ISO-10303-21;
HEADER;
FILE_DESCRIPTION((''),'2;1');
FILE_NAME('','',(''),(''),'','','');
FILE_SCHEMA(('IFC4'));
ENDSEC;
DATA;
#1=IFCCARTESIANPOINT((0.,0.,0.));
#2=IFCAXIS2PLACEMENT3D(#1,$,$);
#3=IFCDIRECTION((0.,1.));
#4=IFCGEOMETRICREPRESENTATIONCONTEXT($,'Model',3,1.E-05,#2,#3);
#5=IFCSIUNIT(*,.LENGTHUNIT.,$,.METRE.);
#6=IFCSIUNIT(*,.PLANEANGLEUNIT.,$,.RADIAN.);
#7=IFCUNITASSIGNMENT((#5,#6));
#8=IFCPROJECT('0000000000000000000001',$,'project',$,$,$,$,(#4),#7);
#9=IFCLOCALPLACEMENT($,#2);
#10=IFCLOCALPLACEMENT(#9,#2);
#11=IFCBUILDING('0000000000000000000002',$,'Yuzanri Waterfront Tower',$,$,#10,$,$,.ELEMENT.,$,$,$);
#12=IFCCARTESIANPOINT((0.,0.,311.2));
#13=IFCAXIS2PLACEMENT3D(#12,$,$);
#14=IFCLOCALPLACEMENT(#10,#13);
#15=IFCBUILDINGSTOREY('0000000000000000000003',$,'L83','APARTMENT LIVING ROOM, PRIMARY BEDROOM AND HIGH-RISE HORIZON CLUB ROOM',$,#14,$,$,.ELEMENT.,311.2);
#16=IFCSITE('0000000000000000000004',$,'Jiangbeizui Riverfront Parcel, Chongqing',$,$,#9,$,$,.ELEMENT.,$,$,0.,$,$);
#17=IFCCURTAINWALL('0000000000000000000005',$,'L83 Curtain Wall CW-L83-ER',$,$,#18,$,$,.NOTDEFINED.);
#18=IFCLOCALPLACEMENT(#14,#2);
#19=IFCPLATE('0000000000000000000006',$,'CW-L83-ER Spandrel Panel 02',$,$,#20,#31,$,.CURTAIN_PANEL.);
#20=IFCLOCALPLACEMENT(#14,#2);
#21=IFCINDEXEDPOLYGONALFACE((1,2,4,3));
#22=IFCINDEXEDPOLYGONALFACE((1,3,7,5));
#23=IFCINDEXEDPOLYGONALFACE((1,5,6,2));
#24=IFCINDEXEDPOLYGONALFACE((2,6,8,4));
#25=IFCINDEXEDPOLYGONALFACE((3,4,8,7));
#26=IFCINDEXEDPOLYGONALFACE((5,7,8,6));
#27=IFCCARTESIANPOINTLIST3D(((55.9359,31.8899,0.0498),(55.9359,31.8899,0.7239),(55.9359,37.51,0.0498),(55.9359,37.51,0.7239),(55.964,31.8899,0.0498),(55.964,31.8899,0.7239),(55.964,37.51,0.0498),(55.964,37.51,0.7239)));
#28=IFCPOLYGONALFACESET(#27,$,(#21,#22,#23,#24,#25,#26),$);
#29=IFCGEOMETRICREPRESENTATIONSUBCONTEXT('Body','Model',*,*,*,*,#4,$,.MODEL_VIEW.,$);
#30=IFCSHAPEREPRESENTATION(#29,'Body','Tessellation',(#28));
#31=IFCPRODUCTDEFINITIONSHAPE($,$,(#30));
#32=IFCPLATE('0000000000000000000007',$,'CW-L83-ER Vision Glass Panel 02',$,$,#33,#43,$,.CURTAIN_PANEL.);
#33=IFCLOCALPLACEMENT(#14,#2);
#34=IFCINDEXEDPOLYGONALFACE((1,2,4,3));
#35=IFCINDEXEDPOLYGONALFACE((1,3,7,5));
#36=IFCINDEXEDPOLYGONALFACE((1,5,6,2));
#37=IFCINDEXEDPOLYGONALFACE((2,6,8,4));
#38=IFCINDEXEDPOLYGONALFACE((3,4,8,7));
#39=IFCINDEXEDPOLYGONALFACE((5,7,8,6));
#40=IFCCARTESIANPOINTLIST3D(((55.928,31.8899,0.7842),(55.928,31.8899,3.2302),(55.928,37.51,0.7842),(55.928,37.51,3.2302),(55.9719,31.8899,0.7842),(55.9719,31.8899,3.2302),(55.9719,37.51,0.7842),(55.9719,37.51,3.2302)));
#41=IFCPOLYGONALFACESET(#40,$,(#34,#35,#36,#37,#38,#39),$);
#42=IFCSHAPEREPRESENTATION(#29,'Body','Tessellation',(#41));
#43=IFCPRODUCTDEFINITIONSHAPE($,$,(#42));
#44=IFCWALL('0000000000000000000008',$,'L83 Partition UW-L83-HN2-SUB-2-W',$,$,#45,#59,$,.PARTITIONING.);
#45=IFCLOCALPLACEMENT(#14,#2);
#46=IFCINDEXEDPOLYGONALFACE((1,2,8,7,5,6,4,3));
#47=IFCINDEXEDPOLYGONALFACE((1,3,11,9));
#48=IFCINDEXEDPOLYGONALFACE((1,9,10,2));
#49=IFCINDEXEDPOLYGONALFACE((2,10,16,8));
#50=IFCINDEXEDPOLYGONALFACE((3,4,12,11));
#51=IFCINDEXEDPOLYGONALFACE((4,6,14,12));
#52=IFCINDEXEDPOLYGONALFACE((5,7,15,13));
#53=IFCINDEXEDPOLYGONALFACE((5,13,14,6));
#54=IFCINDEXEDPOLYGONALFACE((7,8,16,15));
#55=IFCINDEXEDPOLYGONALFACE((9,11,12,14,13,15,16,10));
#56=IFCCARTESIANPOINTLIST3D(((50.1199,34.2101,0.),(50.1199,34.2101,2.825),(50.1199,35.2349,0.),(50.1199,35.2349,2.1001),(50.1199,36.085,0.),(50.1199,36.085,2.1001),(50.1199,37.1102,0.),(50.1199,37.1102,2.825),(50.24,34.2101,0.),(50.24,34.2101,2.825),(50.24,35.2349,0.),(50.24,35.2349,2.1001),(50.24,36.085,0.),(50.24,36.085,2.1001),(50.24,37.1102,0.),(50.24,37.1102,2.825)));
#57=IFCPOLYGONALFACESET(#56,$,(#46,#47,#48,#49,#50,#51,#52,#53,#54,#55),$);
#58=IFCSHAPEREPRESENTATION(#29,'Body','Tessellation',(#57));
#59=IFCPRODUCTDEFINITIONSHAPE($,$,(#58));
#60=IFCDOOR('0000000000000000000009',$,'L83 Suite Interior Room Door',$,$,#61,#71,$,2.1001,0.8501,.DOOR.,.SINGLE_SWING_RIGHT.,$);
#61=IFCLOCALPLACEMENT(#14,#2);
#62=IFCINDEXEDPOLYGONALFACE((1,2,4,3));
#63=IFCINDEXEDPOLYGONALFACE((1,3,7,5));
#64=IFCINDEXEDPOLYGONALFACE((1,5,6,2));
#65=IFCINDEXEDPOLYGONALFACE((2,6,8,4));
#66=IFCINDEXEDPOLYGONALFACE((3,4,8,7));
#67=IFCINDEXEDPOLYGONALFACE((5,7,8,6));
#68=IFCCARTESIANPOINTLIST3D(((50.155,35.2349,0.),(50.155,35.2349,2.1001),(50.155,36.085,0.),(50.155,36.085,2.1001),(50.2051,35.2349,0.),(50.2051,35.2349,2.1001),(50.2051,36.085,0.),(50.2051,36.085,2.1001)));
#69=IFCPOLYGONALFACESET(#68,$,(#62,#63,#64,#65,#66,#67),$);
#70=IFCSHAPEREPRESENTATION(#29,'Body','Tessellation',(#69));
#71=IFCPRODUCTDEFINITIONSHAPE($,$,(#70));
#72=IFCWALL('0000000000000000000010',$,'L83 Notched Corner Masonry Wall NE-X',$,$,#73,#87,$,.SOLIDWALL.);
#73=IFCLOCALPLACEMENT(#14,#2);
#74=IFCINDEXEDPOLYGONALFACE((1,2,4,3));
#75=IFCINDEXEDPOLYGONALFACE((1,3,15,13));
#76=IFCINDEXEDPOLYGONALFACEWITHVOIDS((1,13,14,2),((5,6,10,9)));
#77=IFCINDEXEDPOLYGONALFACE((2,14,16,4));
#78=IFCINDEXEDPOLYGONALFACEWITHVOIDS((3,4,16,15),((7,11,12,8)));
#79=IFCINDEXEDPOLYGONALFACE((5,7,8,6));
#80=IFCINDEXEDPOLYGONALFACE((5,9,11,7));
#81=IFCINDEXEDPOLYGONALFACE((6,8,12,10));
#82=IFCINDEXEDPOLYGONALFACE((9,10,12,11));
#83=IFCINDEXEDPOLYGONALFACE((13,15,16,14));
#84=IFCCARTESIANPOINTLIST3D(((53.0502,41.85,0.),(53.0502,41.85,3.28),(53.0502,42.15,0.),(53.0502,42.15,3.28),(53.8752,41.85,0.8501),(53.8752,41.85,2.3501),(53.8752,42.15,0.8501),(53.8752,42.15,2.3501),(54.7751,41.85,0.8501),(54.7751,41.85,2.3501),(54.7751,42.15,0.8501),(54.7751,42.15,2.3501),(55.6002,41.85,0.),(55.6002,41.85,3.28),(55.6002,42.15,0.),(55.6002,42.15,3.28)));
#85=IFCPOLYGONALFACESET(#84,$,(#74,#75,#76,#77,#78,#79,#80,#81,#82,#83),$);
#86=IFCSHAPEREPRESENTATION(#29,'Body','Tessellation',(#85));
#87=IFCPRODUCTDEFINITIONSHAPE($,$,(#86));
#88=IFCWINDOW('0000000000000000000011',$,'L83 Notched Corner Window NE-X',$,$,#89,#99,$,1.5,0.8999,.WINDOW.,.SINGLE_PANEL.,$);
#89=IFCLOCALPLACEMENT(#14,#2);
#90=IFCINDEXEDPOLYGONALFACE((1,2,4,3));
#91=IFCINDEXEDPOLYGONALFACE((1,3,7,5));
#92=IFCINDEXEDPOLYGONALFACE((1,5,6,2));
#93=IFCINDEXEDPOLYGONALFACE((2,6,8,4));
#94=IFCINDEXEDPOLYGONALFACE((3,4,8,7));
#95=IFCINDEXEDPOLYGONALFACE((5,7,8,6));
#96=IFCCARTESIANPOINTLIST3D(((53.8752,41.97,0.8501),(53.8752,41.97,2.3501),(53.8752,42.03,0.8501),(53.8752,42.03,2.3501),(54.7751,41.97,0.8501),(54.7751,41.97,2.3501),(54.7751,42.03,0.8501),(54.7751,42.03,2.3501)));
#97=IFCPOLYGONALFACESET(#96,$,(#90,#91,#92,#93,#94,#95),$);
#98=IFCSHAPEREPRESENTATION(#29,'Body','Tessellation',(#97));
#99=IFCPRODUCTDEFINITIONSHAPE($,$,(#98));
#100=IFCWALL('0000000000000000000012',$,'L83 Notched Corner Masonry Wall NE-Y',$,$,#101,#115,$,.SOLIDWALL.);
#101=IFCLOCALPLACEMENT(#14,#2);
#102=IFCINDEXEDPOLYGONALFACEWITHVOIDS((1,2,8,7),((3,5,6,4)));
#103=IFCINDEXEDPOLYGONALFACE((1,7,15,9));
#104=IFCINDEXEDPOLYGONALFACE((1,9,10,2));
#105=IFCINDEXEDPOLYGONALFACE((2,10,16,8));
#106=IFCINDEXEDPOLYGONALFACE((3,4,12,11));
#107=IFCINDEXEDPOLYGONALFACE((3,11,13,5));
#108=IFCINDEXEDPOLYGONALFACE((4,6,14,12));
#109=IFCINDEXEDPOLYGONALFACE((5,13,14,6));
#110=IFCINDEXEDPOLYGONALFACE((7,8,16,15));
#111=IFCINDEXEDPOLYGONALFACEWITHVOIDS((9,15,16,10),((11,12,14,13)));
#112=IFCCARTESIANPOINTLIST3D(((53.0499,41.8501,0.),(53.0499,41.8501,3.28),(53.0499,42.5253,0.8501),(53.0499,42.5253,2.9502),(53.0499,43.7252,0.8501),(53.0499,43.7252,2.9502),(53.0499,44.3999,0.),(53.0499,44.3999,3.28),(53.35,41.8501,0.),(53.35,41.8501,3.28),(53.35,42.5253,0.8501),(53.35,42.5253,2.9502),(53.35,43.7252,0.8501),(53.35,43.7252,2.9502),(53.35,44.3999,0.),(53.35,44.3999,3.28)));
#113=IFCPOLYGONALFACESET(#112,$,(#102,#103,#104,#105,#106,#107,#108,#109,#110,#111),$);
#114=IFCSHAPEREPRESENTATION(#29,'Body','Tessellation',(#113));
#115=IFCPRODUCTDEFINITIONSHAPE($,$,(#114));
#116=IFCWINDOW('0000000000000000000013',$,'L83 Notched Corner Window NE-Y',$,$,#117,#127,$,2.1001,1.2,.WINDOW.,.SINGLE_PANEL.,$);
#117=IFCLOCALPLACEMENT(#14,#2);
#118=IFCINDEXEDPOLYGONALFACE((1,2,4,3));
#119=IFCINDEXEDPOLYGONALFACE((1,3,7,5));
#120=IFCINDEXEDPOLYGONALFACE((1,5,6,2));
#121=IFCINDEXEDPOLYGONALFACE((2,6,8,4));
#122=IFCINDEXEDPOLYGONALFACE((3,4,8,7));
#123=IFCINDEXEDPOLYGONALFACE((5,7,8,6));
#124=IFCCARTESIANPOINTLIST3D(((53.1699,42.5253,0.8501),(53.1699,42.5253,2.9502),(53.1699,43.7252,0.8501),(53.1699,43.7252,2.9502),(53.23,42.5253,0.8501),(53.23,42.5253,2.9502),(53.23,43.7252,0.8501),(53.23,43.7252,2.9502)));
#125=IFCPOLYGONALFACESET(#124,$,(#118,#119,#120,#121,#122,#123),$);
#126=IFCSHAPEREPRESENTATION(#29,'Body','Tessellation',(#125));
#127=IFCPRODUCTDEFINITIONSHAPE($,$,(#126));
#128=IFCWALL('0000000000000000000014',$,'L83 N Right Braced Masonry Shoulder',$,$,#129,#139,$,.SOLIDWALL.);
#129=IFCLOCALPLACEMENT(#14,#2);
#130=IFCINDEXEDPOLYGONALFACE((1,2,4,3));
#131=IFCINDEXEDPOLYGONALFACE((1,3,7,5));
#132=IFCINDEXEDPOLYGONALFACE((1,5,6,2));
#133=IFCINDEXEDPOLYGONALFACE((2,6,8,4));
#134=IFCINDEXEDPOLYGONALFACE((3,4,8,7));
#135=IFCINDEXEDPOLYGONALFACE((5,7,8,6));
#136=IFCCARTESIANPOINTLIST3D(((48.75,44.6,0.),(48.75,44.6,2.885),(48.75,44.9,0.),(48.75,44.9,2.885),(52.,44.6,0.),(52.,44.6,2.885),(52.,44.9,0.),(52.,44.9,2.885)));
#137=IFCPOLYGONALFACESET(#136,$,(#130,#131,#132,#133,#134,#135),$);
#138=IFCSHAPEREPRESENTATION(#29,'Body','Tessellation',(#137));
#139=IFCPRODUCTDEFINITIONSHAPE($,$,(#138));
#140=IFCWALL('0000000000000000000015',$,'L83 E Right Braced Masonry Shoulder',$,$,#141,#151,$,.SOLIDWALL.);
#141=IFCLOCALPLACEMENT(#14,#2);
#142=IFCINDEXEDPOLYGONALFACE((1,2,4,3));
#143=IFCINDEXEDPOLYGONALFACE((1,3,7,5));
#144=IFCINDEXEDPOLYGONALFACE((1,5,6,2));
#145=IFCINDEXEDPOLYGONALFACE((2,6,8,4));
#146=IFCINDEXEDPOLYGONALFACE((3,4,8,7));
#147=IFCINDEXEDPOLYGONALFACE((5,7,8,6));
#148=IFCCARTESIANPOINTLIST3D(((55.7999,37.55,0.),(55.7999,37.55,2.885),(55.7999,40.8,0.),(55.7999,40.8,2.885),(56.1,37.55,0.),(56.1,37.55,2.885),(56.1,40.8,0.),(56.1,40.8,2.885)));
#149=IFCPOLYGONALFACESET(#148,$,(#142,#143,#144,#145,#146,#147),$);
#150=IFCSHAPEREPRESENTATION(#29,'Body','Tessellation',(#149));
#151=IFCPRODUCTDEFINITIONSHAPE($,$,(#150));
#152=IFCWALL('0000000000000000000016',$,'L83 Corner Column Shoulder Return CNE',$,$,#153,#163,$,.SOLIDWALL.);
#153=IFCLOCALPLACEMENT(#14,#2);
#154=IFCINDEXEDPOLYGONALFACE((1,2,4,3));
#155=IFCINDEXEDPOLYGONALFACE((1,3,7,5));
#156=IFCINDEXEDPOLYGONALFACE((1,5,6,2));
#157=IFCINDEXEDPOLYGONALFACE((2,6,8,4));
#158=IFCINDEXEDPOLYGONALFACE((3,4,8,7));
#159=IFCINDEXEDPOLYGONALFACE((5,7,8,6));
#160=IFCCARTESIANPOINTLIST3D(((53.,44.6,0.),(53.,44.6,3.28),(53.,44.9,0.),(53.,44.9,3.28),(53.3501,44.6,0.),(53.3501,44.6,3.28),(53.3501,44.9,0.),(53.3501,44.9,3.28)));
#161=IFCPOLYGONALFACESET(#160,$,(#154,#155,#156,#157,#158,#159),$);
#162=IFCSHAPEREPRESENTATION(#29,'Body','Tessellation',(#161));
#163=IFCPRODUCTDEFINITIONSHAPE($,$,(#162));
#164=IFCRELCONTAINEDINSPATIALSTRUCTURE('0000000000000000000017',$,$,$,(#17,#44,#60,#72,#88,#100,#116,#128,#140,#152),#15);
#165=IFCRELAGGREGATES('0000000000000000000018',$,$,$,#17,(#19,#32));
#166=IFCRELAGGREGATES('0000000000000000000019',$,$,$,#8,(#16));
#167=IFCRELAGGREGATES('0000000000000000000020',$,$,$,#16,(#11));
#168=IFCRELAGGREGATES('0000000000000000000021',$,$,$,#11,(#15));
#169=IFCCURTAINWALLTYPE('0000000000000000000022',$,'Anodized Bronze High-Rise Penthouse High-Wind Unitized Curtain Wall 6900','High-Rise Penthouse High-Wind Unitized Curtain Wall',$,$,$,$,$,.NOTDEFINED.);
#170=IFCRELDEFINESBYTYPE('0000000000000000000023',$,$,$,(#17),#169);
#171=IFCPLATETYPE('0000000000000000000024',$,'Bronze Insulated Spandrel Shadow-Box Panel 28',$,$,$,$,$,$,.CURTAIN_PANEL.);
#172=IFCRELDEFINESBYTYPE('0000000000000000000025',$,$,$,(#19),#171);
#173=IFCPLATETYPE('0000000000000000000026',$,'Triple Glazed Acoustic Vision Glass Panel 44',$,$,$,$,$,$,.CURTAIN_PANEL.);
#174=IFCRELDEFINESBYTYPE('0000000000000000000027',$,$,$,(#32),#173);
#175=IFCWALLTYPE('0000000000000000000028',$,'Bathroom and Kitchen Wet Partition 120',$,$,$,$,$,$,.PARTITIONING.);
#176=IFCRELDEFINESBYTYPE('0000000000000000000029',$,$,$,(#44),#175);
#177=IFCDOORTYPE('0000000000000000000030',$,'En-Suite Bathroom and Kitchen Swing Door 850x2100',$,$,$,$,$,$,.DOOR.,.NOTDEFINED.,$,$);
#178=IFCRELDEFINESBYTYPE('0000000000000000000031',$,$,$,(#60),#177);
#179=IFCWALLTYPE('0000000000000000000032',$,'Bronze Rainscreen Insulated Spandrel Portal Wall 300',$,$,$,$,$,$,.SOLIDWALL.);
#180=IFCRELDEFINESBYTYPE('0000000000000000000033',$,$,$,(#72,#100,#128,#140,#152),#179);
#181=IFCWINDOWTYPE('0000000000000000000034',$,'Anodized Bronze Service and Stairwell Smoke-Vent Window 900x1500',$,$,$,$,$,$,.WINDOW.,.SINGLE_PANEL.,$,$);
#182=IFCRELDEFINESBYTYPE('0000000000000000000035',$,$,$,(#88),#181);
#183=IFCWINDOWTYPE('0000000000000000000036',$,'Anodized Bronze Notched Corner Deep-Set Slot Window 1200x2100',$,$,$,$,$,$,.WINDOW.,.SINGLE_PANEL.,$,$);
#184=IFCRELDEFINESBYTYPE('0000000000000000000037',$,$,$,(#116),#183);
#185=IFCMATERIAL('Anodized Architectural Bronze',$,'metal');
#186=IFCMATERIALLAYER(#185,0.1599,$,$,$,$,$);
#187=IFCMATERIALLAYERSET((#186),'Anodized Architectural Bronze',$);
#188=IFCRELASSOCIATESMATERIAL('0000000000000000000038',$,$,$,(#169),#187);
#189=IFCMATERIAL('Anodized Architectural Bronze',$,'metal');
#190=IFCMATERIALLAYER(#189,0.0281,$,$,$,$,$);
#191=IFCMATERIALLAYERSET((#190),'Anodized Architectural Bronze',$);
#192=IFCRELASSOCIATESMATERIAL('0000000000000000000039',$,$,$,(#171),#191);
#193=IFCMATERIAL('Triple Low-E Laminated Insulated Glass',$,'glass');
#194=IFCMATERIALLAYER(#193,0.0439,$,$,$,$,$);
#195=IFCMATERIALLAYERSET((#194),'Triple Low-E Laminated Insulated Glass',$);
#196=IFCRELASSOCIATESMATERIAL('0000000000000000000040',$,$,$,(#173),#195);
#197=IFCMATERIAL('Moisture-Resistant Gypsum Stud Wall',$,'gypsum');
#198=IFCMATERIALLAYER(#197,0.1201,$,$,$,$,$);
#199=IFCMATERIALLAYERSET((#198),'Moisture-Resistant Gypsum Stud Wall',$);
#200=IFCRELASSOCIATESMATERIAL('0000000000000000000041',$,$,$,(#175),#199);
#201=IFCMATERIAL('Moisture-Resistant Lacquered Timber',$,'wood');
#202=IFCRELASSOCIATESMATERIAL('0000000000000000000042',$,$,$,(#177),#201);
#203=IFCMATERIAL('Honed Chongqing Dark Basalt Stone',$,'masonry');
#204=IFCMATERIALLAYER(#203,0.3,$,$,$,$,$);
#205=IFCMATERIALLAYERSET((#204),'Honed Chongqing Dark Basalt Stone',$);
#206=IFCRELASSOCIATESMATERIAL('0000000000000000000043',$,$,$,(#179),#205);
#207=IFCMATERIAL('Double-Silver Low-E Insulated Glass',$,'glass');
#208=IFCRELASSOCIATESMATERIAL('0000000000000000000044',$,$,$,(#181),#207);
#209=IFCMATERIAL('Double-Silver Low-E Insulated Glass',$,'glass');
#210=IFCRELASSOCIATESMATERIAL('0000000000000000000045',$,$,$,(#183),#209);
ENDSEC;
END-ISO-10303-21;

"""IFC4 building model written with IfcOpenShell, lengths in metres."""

from ifc_helpers import new_model, si_unit, direction, frame, frame_2d, origin, origin_2d, place, context, subcontext, project, spatial, rectangle, extrude, source, transform, mapped, material, layer, layer_set, type_object, element, fill, aggregate, save


model = new_model("IFC4")

# Units and contexts
model_context = context("Model", 3, precision=1e-05, world=origin(), true_north=direction((0.0, 1.0)))
body_context = subcontext(model_context, "Body", "Model", "MODEL_VIEW")
ifc_project = project(units=[si_unit("LENGTHUNIT", "METRE"), si_unit("PLANEANGLEUNIT", "RADIAN")], contexts=[model_context])

# Site, building, storey
site_placement = place(None, origin())
site = spatial("IfcSite", under=ifc_project, at=site_placement, Name="Jiangbeizui Riverfront Parcel, Chongqing", CompositionType="ELEMENT", RefElevation=0.0)
building_placement = place(site_placement, origin())
building = spatial("IfcBuilding", under=site, at=building_placement, Name="Yuzanri Waterfront Tower", CompositionType="ELEMENT")
storey_placement = place(building_placement, frame((0.0, 0.0, 311.2)))
storey = spatial("IfcBuildingStorey", under=building, at=storey_placement, Name="L83", Description="APARTMENT LIVING ROOM, PRIMARY BEDROOM AND HIGH-RISE HORIZON CLUB ROOM", CompositionType="ELEMENT", Elevation=311.2)

# Curtain wall
ifc_material_1 = material(Name="Anodized Architectural Bronze", Category="metal")
ifc_layer_1 = layer(ifc_material_1, 0.1599)
ifc_layer_set_1 = layer_set([ifc_layer_1], Name="Anodized Architectural Bronze")
curtain_wall_type = type_object("IfcCurtainWallType", Name="Anodized Bronze High-Rise Penthouse High-Wind Unitized Curtain Wall 6900", Description="High-Rise Penthouse High-Wind Unitized Curtain Wall", PredefinedType="NOTDEFINED", material=ifc_layer_set_1)
curtain_wall_1_placement = place(storey_placement, origin())
curtain_wall_1 = element("IfcCurtainWall", 1, at=curtain_wall_1_placement, inside=storey, type_object=curtain_wall_type, Name="L83 Curtain Wall CW-L83-ER", PredefinedType="NOTDEFINED")

# Plates
ifc_material_2 = material(Name="Anodized Architectural Bronze", Category="metal")
ifc_layer_2 = layer(ifc_material_2, 0.0281)
ifc_layer_set_2 = layer_set([ifc_layer_2], Name="Anodized Architectural Bronze")
plate_type_1 = type_object("IfcPlateType", Name="Bronze Insulated Spandrel Shadow-Box Panel 28", PredefinedType="CURTAIN_PANEL", material=ifc_layer_set_2)
shared_shape_1 = source(origin(), body_context, "Body", "SweptSolid", [
    extrude(rectangle(XDim=5.6201, YDim=0.0281, at=origin_2d()), origin(), (0.0, 0.0, 1.0), 0.6741),
])
plate_1_placement = place(storey_placement, frame((55.95, 34.7, 0.0498), z_axis=(0.0, 0.0, 1.0), x_axis=(0.0, 1.0, 0.0)))
plate_1 = element("IfcPlate", 2, at=plate_1_placement, type_object=plate_type_1, Name="CW-L83-ER Spandrel Panel 02", PredefinedType="CURTAIN_PANEL", context=body_context, shape_type="MappedRepresentation", body=[
    mapped(shared_shape_1, transform((0.0, 0.0, 0.0), scale=1.0)),
])
ifc_material_3 = material(Name="Triple Low-E Laminated Insulated Glass", Category="glass")
ifc_layer_3 = layer(ifc_material_3, 0.0439)
ifc_layer_set_3 = layer_set([ifc_layer_3], Name="Triple Low-E Laminated Insulated Glass")
plate_type_2 = type_object("IfcPlateType", Name="Triple Glazed Acoustic Vision Glass Panel 44", PredefinedType="CURTAIN_PANEL", material=ifc_layer_set_3)
shared_shape_2 = source(origin(), body_context, "Body", "SweptSolid", [
    extrude(rectangle(XDim=5.6201, YDim=0.0439, at=origin_2d()), origin(), (0.0, 0.0, 1.0), 2.446),
])
plate_2_placement = place(storey_placement, frame((55.95, 34.7, 0.7842), z_axis=(0.0, 0.0, 1.0), x_axis=(0.0, 1.0, 0.0)))
plate_2 = element("IfcPlate", 3, at=plate_2_placement, type_object=plate_type_2, Name="CW-L83-ER Vision Glass Panel 02", PredefinedType="CURTAIN_PANEL", context=body_context, shape_type="MappedRepresentation", body=[
    mapped(shared_shape_2, transform((0.0, 0.0, 0.0), scale=1.0)),
])
aggregate(curtain_wall_1, [plate_1, plate_2])

# Wall, opening, door
ifc_material_4 = material(Name="Moisture-Resistant Gypsum Stud Wall", Category="gypsum")
ifc_layer_4 = layer(ifc_material_4, 0.1201)
ifc_layer_set_4 = layer_set([ifc_layer_4], Name="Moisture-Resistant Gypsum Stud Wall")
wall_type_1 = type_object("IfcWallType", Name="Bathroom and Kitchen Wet Partition 120", PredefinedType="PARTITIONING", material=ifc_layer_set_4)
wall_1_placement = place(storey_placement, frame((50.1799, 34.21, 0.0), z_axis=(0.0, 0.0, 1.0), x_axis=(0.0, 1.0, 0.0)))
wall_1 = element("IfcWall", 4, at=wall_1_placement, inside=storey, type_object=wall_type_1, Name="L83 Partition UW-L83-HN2-SUB-2-W", PredefinedType="PARTITIONING", context=body_context, shape_type="SweptSolid", body=[
    extrude(rectangle(XDim=2.9001, YDim=0.1201, at=frame_2d((1.4502, 0.0))), origin(), (0.0, 0.0, 1.0), 2.825),
])
opening_1_placement = place(wall_1_placement, frame((1.0249, 0.0, 0.0)))
opening_1 = element("IfcOpeningElement", 5, at=opening_1_placement, cuts=wall_1, PredefinedType="OPENING", context=body_context, shape_type="SweptSolid", body=[
    extrude(rectangle(XDim=0.8501, YDim=2.1001, at=frame_2d((0.425, 1.05))), frame((0.0, 0.075, 0.0), z_axis=(0.0, -1.0, 0.0), x_axis=(1.0, 0.0, 0.0)), (0.0, 0.0, 1.0), 0.1499),
])
ifc_material_5 = material(Name="Moisture-Resistant Lacquered Timber", Category="wood")
door_type = type_object("IfcDoorType", Name="En-Suite Bathroom and Kitchen Swing Door 850x2100", OperationType="NOTDEFINED", PredefinedType="DOOR", material=ifc_material_5)
shared_shape_3 = source(origin(), body_context, "Body", "SweptSolid", [
    extrude(rectangle(XDim=0.8501, YDim=2.1001, at=frame_2d((0.425, 1.05))), frame((0.0, 0.0249, 0.0), z_axis=(0.0, -1.0, 0.0), x_axis=(1.0, 0.0, 0.0)), (0.0, 0.0, 1.0), 0.05),
])
door_placement = place(opening_1_placement, origin())
door = element("IfcDoor", 6, at=door_placement, inside=storey, type_object=door_type, Name="L83 Suite Interior Room Door", OperationType="SINGLE_SWING_RIGHT", OverallHeight=2.1001, OverallWidth=0.8501, PredefinedType="DOOR", context=body_context, shape_type="MappedRepresentation", body=[
    mapped(shared_shape_3, transform((0.0, 0.0, 0.0), scale=1.0)),
])
fill(opening_1, door)

# Walls, openings, windows
ifc_material_6 = material(Name="Honed Chongqing Dark Basalt Stone", Category="masonry")
ifc_layer_5 = layer(ifc_material_6, 0.3)
ifc_layer_set_5 = layer_set([ifc_layer_5], Name="Honed Chongqing Dark Basalt Stone")
wall_type_2 = type_object("IfcWallType", Name="Bronze Rainscreen Insulated Spandrel Portal Wall 300", PredefinedType="SOLIDWALL", material=ifc_layer_set_5)
wall_2_placement = place(storey_placement, frame((55.6001, 42.0, 0.0), z_axis=(0.0, 0.0, 1.0), x_axis=(-1.0, 0.0, 0.0)))
wall_2 = element("IfcWall", 7, at=wall_2_placement, inside=storey, type_object=wall_type_2, Name="L83 Notched Corner Masonry Wall NE-X", PredefinedType="SOLIDWALL", context=body_context, shape_type="SweptSolid", body=[
    extrude(rectangle(XDim=2.55, YDim=0.3, at=frame_2d((1.2749, 0.0))), origin(), (0.0, 0.0, 1.0), 3.28),
])
opening_2_placement = place(wall_2_placement, frame((0.825, 0.0, 0.8501)))
opening_2 = element("IfcOpeningElement", 8, at=opening_2_placement, cuts=wall_2, PredefinedType="OPENING", context=body_context, shape_type="SweptSolid", body=[
    extrude(rectangle(XDim=0.8999, YDim=1.5, at=frame_2d((0.45, 0.75))), frame((0.0, 0.165, 0.0), z_axis=(0.0, -1.0, 0.0), x_axis=(1.0, 0.0, 0.0)), (0.0, 0.0, 1.0), 0.3298),
])
ifc_material_7 = material(Name="Double-Silver Low-E Insulated Glass", Category="glass")
window_type_1 = type_object("IfcWindowType", Name="Anodized Bronze Service and Stairwell Smoke-Vent Window 900x1500", PartitioningType="SINGLE_PANEL", PredefinedType="WINDOW", material=ifc_material_7)
shared_shape_4 = source(origin(), body_context, "Body", "SweptSolid", [
    extrude(rectangle(XDim=0.8999, YDim=1.5, at=frame_2d((0.45, 0.75))), frame((0.0, 0.03, 0.0), z_axis=(0.0, -1.0, 0.0), x_axis=(1.0, 0.0, 0.0)), (0.0, 0.0, 1.0), 0.0601),
])
window_1_placement = place(opening_2_placement, origin())
window_1 = element("IfcWindow", 9, at=window_1_placement, inside=storey, type_object=window_type_1, Name="L83 Notched Corner Window NE-X", OverallHeight=1.5, OverallWidth=0.8999, PartitioningType="SINGLE_PANEL", PredefinedType="WINDOW", context=body_context, shape_type="MappedRepresentation", body=[
    mapped(shared_shape_4, transform((0.0, 0.0, 0.0), scale=1.0)),
])
fill(opening_2, window_1)
wall_3_placement = place(storey_placement, frame((53.2, 41.8501, 0.0), z_axis=(0.0, 0.0, 1.0), x_axis=(0.0, 1.0, 0.0)))
wall_3 = element("IfcWall", 10, at=wall_3_placement, inside=storey, type_object=wall_type_2, Name="L83 Notched Corner Masonry Wall NE-Y", PredefinedType="SOLIDWALL", context=body_context, shape_type="SweptSolid", body=[
    extrude(rectangle(XDim=2.5498, YDim=0.3, at=frame_2d((1.2749, 0.0))), origin(), (0.0, 0.0, 1.0), 3.28),
])
opening_3_placement = place(wall_3_placement, frame((0.675, 0.0, 0.8501)))
opening_3 = element("IfcOpeningElement", 11, at=opening_3_placement, cuts=wall_3, PredefinedType="OPENING", context=body_context, shape_type="SweptSolid", body=[
    extrude(rectangle(XDim=1.2, YDim=2.1001, at=frame_2d((0.6001, 1.05))), frame((0.0, 0.165, 0.0), z_axis=(0.0, -1.0, 0.0), x_axis=(1.0, 0.0, 0.0)), (0.0, 0.0, 1.0), 0.3298),
])
ifc_material_8 = material(Name="Double-Silver Low-E Insulated Glass", Category="glass")
window_type_2 = type_object("IfcWindowType", Name="Anodized Bronze Notched Corner Deep-Set Slot Window 1200x2100", PartitioningType="SINGLE_PANEL", PredefinedType="WINDOW", material=ifc_material_8)
shared_shape_5 = source(origin(), body_context, "Body", "SweptSolid", [
    extrude(rectangle(XDim=1.2, YDim=2.1001, at=frame_2d((0.6001, 1.05))), frame((0.0, 0.03, 0.0), z_axis=(0.0, -1.0, 0.0), x_axis=(1.0, 0.0, 0.0)), (0.0, 0.0, 1.0), 0.0601),
])
window_2_placement = place(opening_3_placement, origin())
window_2 = element("IfcWindow", 12, at=window_2_placement, inside=storey, type_object=window_type_2, Name="L83 Notched Corner Window NE-Y", OverallHeight=2.1001, OverallWidth=1.2, PartitioningType="SINGLE_PANEL", PredefinedType="WINDOW", context=body_context, shape_type="MappedRepresentation", body=[
    mapped(shared_shape_5, transform((0.0, 0.0, 0.0), scale=1.0)),
])
fill(opening_3, window_2)

# Walls
shared_shape_6 = source(origin(), body_context, "Body", "SweptSolid", [
    extrude(rectangle(XDim=3.25, YDim=0.3, at=frame_2d((1.625, 0.0))), origin(), (0.0, 0.0, 1.0), 2.885),
])
for number, where, z_axis, x_axis, name in (
    (13, (48.75, 44.75, 0.0), (0.0, 0.0, 1.0), (1.0, 0.0, 0.0), "L83 N Right Braced Masonry Shoulder"),
    (14, (55.95, 37.55, 0.0), (0.0, 0.0, 1.0), (0.0, 1.0, 0.0), "L83 E Right Braced Masonry Shoulder"),
):
    element("IfcWall", number, at=place(storey_placement, frame(where, z_axis=z_axis, x_axis=x_axis)), inside=storey, type_object=wall_type_2, Name=name, PredefinedType="SOLIDWALL", context=body_context, shape_type="MappedRepresentation", body=[
        mapped(shared_shape_6, transform((0.0, 0.0, 0.0), scale=1.0)),
    ])
shared_shape_7 = source(origin(), body_context, "Body", "SweptSolid", [
    extrude(rectangle(XDim=0.3501, YDim=0.3, at=frame_2d((0.175, 0.0))), origin(), (0.0, 0.0, 1.0), 3.28),
])
wall_4_placement = place(storey_placement, frame((53.0, 44.75, 0.0), z_axis=(0.0, 0.0, 1.0), x_axis=(1.0, 0.0, 0.0)))
element("IfcWall", 15, at=wall_4_placement, inside=storey, type_object=wall_type_2, Name="L83 Corner Column Shoulder Return CNE", PredefinedType="SOLIDWALL", context=body_context, shape_type="MappedRepresentation", body=[
    mapped(shared_shape_7, transform((0.0, 0.0, 0.0), scale=1.0)),
])

save(model, "model.ifc")
